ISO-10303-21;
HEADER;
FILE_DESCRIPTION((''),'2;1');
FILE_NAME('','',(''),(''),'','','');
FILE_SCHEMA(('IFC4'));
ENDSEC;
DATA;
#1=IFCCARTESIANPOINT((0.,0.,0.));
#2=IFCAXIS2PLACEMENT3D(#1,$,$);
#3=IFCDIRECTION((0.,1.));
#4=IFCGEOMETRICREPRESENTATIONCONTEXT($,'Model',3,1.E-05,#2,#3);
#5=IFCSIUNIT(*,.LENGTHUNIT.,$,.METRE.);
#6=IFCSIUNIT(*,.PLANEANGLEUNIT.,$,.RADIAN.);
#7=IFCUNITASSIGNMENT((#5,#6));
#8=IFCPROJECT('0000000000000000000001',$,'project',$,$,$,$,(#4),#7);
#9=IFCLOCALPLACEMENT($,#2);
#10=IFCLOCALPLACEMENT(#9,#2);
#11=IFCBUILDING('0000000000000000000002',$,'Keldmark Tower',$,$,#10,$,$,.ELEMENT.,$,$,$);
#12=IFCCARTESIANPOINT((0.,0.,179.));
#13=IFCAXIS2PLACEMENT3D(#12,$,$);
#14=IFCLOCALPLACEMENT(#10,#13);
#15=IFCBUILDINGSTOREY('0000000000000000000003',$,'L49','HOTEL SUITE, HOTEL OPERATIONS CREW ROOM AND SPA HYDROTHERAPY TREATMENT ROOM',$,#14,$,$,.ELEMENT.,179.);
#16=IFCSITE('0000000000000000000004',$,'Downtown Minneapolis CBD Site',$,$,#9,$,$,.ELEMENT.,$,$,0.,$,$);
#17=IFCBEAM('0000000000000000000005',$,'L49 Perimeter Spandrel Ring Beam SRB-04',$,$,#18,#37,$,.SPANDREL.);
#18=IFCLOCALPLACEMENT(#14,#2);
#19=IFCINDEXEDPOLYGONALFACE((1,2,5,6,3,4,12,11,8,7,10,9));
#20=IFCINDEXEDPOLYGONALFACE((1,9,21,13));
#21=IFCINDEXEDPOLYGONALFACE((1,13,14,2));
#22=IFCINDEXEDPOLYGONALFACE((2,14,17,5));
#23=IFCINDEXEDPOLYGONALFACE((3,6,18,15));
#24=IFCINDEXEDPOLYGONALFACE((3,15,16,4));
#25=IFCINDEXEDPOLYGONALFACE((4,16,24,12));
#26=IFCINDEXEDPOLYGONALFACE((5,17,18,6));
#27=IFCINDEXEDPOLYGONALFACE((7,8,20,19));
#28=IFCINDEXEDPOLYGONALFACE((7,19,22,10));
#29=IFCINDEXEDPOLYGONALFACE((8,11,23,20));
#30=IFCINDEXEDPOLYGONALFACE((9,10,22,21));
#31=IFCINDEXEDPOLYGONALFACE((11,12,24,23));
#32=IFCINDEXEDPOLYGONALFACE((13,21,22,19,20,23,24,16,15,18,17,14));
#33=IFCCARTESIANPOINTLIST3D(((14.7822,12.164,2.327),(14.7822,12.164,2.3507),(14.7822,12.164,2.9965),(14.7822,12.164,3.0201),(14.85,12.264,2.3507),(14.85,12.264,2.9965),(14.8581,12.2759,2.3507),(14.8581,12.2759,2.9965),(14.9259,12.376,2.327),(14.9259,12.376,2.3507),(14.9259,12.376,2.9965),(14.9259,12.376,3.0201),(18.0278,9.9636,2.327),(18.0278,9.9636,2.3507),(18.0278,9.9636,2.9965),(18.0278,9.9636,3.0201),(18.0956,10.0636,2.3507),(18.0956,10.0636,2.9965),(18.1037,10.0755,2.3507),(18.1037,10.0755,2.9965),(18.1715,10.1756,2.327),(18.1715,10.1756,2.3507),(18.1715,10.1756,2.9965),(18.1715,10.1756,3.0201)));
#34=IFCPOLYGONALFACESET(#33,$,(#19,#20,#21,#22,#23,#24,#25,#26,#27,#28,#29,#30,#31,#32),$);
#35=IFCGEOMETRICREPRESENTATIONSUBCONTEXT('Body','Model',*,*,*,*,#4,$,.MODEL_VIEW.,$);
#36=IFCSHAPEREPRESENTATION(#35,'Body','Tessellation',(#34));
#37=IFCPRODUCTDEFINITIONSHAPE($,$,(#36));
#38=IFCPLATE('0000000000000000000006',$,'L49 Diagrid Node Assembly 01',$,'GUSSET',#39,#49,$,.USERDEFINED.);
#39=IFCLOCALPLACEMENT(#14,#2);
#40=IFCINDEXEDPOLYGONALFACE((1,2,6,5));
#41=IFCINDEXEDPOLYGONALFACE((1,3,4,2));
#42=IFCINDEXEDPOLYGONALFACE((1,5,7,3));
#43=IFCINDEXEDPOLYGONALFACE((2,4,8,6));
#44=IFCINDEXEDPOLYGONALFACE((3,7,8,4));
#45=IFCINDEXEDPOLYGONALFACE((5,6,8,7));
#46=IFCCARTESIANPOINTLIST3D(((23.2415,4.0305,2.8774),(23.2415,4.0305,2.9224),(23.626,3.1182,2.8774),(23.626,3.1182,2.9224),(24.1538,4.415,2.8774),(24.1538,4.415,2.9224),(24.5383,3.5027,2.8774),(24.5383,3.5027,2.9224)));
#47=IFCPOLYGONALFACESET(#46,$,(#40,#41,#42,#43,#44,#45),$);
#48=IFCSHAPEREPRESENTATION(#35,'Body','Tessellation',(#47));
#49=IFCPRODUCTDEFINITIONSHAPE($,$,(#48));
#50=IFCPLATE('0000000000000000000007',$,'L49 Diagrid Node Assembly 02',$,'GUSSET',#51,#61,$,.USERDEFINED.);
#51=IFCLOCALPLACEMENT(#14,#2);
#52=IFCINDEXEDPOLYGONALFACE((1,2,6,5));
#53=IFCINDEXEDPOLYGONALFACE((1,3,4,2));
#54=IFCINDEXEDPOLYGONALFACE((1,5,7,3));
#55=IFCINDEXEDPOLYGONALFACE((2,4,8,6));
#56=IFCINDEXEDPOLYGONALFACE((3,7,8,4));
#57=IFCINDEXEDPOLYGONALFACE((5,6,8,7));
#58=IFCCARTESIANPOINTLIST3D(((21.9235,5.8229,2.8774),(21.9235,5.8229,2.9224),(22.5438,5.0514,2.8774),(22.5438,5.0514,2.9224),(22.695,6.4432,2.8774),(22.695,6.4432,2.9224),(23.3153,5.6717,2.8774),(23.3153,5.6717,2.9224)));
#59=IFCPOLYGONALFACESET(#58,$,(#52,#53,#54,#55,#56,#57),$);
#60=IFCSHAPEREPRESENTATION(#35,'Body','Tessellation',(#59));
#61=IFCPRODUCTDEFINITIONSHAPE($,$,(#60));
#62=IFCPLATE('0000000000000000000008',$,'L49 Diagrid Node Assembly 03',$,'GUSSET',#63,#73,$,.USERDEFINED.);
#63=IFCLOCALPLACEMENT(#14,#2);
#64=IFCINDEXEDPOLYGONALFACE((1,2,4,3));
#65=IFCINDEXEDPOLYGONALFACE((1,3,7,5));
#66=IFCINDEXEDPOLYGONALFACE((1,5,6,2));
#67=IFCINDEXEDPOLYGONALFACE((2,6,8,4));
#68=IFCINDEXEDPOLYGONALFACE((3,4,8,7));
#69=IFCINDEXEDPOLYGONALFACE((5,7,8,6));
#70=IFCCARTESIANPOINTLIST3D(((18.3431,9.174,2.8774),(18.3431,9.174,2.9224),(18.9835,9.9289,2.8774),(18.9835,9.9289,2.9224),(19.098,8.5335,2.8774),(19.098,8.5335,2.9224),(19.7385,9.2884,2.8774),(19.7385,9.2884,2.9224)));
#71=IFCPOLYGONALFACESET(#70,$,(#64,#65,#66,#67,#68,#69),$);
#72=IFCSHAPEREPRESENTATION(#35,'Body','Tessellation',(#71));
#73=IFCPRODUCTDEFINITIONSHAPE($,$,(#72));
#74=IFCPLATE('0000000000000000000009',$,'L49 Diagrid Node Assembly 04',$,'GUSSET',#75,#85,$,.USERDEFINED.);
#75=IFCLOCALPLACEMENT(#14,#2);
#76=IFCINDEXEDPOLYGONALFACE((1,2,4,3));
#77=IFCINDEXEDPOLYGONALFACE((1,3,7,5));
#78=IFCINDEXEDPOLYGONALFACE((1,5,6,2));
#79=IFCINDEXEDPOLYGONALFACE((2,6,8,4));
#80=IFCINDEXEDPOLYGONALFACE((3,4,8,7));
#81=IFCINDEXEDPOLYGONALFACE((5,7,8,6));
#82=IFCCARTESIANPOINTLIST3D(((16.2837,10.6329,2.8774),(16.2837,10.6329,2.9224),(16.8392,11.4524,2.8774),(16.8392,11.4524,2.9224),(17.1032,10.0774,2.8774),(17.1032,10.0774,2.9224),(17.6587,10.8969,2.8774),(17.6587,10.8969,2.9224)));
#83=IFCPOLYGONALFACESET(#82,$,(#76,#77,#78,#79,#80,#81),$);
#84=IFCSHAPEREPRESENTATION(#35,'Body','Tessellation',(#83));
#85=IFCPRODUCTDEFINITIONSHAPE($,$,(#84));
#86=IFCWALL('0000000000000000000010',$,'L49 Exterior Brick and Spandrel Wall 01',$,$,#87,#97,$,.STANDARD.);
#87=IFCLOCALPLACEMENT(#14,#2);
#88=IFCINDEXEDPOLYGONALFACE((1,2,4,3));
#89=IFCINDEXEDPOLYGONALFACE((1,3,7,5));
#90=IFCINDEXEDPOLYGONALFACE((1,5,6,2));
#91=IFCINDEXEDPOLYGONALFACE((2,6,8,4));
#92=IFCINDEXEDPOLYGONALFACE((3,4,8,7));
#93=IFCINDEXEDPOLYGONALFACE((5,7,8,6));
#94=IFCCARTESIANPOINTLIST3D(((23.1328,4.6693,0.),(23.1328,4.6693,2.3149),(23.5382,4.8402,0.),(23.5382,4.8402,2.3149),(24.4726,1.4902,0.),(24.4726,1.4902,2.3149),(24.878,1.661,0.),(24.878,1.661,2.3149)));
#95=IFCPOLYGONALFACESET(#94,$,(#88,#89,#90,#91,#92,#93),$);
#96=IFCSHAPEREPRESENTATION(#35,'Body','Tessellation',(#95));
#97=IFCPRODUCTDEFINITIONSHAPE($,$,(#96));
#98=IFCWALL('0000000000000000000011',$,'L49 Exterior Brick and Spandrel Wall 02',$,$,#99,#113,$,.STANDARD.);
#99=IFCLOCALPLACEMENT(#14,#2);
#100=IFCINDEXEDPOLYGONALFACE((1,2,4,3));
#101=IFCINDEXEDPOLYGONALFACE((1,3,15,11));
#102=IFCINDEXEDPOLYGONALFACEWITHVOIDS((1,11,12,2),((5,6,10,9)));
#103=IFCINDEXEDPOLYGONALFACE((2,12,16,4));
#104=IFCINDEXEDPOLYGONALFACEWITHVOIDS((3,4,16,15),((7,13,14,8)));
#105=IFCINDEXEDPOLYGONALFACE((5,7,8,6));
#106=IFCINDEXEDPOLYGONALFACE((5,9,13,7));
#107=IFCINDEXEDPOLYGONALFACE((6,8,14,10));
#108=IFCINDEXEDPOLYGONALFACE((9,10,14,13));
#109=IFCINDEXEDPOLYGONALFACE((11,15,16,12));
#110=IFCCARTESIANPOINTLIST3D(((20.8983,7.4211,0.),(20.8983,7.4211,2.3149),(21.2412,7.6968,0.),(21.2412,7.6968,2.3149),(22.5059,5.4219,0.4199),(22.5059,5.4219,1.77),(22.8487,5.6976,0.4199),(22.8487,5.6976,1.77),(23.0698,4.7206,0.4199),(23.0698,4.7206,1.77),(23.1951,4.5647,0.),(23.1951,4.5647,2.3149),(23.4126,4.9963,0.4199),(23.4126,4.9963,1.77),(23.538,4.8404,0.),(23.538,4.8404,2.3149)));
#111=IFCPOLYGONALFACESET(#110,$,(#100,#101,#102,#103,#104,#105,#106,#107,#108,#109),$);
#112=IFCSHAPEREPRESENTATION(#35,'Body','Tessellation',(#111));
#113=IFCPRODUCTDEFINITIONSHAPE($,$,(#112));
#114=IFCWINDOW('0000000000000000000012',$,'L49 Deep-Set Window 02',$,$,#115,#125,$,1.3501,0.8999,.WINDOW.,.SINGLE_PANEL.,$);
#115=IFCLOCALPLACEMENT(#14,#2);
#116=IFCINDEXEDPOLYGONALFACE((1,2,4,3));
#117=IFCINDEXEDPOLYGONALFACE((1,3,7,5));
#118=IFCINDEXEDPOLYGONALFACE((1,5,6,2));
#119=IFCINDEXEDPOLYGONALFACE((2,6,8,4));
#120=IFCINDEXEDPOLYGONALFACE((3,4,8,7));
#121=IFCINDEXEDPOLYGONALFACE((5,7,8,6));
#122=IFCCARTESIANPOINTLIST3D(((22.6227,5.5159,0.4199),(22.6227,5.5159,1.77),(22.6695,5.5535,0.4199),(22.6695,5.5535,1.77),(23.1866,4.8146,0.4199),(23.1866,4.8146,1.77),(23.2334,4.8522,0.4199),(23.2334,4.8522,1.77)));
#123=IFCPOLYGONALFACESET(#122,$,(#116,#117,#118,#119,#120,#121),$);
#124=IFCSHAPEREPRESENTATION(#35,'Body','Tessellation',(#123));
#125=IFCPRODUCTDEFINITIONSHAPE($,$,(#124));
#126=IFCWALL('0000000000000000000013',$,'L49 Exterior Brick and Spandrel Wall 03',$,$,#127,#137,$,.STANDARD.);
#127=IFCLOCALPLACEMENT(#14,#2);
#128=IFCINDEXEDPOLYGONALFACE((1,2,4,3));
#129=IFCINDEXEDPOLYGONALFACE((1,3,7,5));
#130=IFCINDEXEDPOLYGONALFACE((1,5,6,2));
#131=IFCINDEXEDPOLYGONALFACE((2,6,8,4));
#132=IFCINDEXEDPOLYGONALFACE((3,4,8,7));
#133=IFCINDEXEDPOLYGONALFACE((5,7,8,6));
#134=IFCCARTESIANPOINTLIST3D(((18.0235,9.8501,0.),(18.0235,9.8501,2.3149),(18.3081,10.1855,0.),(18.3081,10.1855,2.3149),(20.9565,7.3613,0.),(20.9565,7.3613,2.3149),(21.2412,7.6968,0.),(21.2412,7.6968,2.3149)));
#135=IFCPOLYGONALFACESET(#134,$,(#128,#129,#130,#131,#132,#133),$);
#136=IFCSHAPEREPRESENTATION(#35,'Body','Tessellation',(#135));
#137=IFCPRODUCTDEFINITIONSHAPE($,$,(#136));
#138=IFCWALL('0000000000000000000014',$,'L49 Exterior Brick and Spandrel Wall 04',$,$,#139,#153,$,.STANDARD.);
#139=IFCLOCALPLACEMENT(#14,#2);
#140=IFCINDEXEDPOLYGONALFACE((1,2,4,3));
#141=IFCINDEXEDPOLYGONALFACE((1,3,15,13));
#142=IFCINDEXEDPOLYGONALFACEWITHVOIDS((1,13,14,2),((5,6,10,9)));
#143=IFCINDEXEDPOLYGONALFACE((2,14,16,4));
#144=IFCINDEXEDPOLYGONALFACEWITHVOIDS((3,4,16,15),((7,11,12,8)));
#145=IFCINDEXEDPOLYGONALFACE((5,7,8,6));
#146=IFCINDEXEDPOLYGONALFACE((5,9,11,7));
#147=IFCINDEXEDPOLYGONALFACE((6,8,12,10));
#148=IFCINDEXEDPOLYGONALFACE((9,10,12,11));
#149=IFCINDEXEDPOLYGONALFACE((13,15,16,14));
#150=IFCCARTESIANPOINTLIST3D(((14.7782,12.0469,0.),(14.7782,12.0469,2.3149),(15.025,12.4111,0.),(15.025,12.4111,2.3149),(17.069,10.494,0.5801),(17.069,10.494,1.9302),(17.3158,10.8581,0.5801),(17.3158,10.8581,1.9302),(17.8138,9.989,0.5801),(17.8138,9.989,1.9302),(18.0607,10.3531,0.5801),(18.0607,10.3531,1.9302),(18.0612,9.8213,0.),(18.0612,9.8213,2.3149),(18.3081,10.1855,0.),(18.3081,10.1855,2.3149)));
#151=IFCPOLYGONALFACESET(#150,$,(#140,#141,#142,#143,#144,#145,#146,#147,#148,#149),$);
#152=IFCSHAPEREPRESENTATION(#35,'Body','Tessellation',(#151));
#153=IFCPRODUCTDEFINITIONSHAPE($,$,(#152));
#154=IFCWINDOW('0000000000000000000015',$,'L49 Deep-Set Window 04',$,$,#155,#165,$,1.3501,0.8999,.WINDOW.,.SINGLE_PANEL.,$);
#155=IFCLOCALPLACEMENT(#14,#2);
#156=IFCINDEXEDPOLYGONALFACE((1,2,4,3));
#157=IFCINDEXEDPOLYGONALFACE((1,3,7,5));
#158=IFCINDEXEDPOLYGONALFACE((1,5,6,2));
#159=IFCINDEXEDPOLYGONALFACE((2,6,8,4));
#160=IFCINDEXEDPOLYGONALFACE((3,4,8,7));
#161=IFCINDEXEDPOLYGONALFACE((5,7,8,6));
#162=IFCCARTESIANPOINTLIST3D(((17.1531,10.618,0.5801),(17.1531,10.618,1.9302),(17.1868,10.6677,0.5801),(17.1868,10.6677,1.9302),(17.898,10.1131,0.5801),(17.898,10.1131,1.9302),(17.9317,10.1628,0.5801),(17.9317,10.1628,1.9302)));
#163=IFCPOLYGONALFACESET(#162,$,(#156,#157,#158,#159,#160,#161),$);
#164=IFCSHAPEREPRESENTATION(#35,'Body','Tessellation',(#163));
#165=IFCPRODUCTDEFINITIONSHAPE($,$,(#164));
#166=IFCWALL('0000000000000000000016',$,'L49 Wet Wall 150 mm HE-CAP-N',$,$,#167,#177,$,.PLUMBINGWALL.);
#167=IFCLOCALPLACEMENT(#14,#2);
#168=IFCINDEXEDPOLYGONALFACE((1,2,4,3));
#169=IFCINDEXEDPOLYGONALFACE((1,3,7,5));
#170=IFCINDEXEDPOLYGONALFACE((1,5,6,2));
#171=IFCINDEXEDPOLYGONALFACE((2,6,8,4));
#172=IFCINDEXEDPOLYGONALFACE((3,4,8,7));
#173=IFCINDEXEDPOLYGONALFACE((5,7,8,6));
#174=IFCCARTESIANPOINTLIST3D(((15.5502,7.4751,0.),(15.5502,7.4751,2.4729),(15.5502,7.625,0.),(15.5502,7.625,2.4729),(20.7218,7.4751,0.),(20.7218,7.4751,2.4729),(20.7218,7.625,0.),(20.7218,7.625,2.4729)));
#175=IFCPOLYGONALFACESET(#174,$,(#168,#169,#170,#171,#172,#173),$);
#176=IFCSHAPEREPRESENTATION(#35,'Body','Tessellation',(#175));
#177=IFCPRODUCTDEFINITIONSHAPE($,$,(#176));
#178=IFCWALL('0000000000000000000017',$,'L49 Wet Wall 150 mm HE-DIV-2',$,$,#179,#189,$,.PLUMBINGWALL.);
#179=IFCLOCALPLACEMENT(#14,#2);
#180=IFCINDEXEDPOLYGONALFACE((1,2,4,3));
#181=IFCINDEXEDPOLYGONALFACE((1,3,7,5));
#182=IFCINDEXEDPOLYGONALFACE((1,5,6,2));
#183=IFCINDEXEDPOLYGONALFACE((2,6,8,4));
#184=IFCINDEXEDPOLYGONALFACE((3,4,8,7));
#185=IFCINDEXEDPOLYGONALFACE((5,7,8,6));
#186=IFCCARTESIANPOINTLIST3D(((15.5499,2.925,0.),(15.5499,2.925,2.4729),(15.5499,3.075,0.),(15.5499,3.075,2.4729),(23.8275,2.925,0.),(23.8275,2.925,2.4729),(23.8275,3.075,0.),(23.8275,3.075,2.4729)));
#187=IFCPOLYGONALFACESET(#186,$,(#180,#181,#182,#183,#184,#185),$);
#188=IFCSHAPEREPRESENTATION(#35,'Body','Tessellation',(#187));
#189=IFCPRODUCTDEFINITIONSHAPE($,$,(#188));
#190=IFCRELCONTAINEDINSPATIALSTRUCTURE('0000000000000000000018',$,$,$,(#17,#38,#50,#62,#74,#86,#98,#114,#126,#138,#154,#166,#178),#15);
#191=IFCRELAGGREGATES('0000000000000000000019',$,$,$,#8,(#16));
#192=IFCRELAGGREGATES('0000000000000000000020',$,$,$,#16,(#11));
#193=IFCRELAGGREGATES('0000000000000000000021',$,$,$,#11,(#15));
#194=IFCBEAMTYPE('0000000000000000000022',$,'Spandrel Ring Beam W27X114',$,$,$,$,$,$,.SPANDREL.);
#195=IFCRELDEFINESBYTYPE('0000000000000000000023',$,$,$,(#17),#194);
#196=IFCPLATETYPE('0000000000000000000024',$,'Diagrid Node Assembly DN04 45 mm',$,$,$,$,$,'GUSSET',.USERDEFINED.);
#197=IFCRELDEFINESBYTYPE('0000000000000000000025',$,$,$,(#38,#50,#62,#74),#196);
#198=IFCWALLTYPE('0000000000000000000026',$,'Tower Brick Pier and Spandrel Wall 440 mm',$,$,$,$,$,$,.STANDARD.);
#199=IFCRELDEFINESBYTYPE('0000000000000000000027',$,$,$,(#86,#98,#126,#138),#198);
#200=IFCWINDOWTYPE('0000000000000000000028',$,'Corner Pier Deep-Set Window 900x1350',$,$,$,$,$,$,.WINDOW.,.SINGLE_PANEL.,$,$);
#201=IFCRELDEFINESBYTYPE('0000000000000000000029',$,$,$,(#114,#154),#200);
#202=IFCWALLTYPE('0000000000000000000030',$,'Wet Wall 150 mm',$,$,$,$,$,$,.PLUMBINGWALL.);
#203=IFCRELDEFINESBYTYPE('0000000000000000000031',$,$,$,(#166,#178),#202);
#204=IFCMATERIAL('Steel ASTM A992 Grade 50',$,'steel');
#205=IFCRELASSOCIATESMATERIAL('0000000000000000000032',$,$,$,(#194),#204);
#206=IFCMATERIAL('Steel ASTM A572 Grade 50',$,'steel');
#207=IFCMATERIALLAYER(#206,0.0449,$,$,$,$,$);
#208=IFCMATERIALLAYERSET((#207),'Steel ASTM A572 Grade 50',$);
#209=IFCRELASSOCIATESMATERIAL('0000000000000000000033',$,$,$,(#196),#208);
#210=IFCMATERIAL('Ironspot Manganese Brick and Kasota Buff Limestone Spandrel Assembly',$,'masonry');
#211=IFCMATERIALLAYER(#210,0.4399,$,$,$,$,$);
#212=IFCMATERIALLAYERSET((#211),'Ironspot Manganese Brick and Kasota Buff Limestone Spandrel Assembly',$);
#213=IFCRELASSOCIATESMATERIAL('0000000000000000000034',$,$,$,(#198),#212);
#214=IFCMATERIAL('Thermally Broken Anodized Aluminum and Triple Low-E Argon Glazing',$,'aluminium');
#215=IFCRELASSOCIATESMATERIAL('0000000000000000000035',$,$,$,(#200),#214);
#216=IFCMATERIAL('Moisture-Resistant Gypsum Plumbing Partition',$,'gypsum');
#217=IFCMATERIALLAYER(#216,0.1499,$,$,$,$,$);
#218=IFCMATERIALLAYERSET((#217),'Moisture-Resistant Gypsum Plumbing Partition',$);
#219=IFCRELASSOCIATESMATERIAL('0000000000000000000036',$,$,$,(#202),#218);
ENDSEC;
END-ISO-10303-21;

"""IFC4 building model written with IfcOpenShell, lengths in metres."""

from ifc_helpers import new_model, si_unit, direction, frame, frame_2d, origin, origin_2d, place, context, subcontext, project, spatial, rectangle, i_section, extrude, material, layer, layer_set, material_profile, profile_set, type_object, element, fill, save


model = new_model("IFC4")

# Units and contexts
model_context = context("Model", 3, precision=1e-05, world=origin(), true_north=direction((0.0, 1.0)))
body_context = subcontext(model_context, "Body", "Model", "MODEL_VIEW")
ifc_project = project(units=[si_unit("LENGTHUNIT", "METRE"), si_unit("PLANEANGLEUNIT", "RADIAN")], contexts=[model_context])

# Site, building, storey
site_placement = place(None, origin())
site = spatial("IfcSite", under=ifc_project, at=site_placement, Name="Downtown Minneapolis CBD Site", CompositionType="ELEMENT", RefElevation=0.0)
building_placement = place(site_placement, origin())
building = spatial("IfcBuilding", under=site, at=building_placement, Name="Keldmark Tower", CompositionType="ELEMENT")
storey_placement = place(building_placement, frame((0.0, 0.0, 179.0)))
storey = spatial("IfcBuildingStorey", under=building, at=storey_placement, Name="L49", Description="HOTEL SUITE, HOTEL OPERATIONS CREW ROOM AND SPA HYDROTHERAPY TREATMENT ROOM", CompositionType="ELEMENT", Elevation=179.0)

# Beam
ifc_material_1 = material(Name="Steel ASTM A992 Grade 50", Category="steel")
ifc_material_profile_1 = material_profile(ifc_material_1, i_section(OverallWidth=0.2561, OverallDepth=0.6931, WebThickness=0.0144, FlangeThickness=0.0237, at=origin_2d()), Name="W27X114")
ifc_profile_set_1 = profile_set([ifc_material_profile_1], Name="Steel ASTM A992 Grade 50")
beam_type_1 = type_object("IfcBeamType", Name="Spandrel Ring Beam W27X114", PredefinedType="SPANDREL", material=ifc_profile_set_1)
beam_1_placement = place(storey_placement, frame((18.0996, 10.0696, 2.6736), z_axis=(-0.827705, 0.561163, 0.0), x_axis=(-0.561163, -0.827705, 0.0)))
element("IfcBeam", 1, at=beam_1_placement, inside=storey, type_object=beam_type_1, Name="L49 Perimeter Spandrel Ring Beam SRB-04", PredefinedType="SPANDREL", context=body_context, shape_type="SweptSolid", body=[
    extrude(i_section(OverallWidth=0.2561, OverallDepth=0.6931, WebThickness=0.0144, FlangeThickness=0.0237, at=origin_2d()), origin(), (0.0, 0.0, 1.0), 3.9211),
])

# Plates
ifc_material_2 = material(Name="Steel ASTM A572 Grade 50", Category="steel")
ifc_layer_1 = layer(ifc_material_2, 0.0449)
ifc_layer_set_1 = layer_set([ifc_layer_1], Name="Steel ASTM A572 Grade 50")
plate_type = type_object("IfcPlateType", Name="Diagrid Node Assembly DN04 45 mm", ElementType="GUSSET", PredefinedType="USERDEFINED", material=ifc_layer_set_1)
for number, where, z_axis, x_axis, name in (
    (2, (23.8899, 3.7666, 2.8774), (0.0, 0.0, 1.0), (-0.38832, 0.921525, 0.0), "L49 Diagrid Node Assembly 01"),
    (3, (22.6194, 5.7473, 2.8774), (0.0, 0.0, 1.0), (-0.626604, 0.779338, 0.0), "L49 Diagrid Node Assembly 02"),
    (4, (19.0408, 9.2312, 2.8774), (0.0, 0.0, 1.0), (-0.762555, 0.646923, 0.0), "L49 Diagrid Node Assembly 03"),
    (5, (16.9712, 10.7649, 2.8774), (0.0, 0.0, 1.0), (-0.827767, 0.561072, 0.0), "L49 Diagrid Node Assembly 04"),
):
    element("IfcPlate", number, at=place(storey_placement, frame(where, z_axis=z_axis, x_axis=x_axis)), inside=storey, type_object=plate_type, Name=name, ObjectType="GUSSET", PredefinedType="USERDEFINED", context=body_context, shape_type="SweptSolid", body=[
        extrude(rectangle(XDim=0.99, YDim=0.99, at=origin_2d()), origin(), (0.0, 0.0, 1.0), 0.0449),
    ])

# Wall
ifc_material_3 = material(Name="Ironspot Manganese Brick and Kasota Buff Limestone Spandrel Assembly", Category="masonry")
ifc_layer_2 = layer(ifc_material_3, 0.4399)
ifc_layer_set_2 = layer_set([ifc_layer_2], Name="Ironspot Manganese Brick and Kasota Buff Limestone Spandrel Assembly")
wall_type_1 = type_object("IfcWallType", Name="Tower Brick Pier and Spandrel Wall 440 mm", PredefinedType="STANDARD", material=ifc_layer_set_2)
wall_1_placement = place(storey_placement, frame((23.3354, 4.7549, 0.0), z_axis=(0.0, 0.0, 1.0), x_axis=(0.388361, -0.921507, 0.0)))
element("IfcWall", 6, at=wall_1_placement, inside=storey, type_object=wall_type_1, Name="L49 Exterior Brick and Spandrel Wall 01", PredefinedType="STANDARD", context=body_context, shape_type="SweptSolid", body=[
    extrude(rectangle(XDim=3.45, YDim=0.4399, at=frame_2d((1.7251, 0.0))), origin(), (0.0, 0.0, 1.0), 2.3149),
])

# Wall, opening, window
wall_2_placement = place(storey_placement, frame((21.0698, 7.5588, 0.0), z_axis=(0.0, 0.0, 1.0), x_axis=(0.626643, -0.779307, 0.0)))
wall_2 = element("IfcWall", 7, at=wall_2_placement, inside=storey, type_object=wall_type_1, Name="L49 Exterior Brick and Spandrel Wall 02", PredefinedType="STANDARD", context=body_context, shape_type="SweptSolid", body=[
    extrude(rectangle(XDim=3.6653, YDim=0.4399, at=frame_2d((1.8325, 0.0))), origin(), (0.0, 0.0, 1.0), 2.3149),
])
opening_1_placement = place(wall_2_placement, frame((2.5652, 0.0, 0.4199)))
opening_1 = element("IfcOpeningElement", 8, at=opening_1_placement, cuts=wall_2, PredefinedType="OPENING", context=body_context, shape_type="SweptSolid", body=[
    extrude(rectangle(XDim=0.8999, YDim=1.3501, at=frame_2d((0.45, 0.675))), frame((0.0, 0.23, 0.0), z_axis=(0.0, -1.0, 0.0), x_axis=(1.0, 0.0, 0.0)), (0.0, 0.0, 1.0), 0.46),
])
ifc_material_4 = material(Name="Thermally Broken Anodized Aluminum and Triple Low-E Argon Glazing", Category="aluminium")
window_type = type_object("IfcWindowType", Name="Corner Pier Deep-Set Window 900x1350", PartitioningType="SINGLE_PANEL", PredefinedType="WINDOW", material=ifc_material_4)
window_1_placement = place(opening_1_placement, origin())
window_1 = element("IfcWindow", 9, at=window_1_placement, inside=storey, type_object=window_type, Name="L49 Deep-Set Window 02", OverallHeight=1.3501, OverallWidth=0.8999, PartitioningType="SINGLE_PANEL", PredefinedType="WINDOW", context=body_context, shape_type="SweptSolid", body=[
    extrude(rectangle(XDim=0.8999, YDim=1.3501, at=frame_2d((0.45, 0.675))), frame((0.0, -0.01, 0.0), z_axis=(0.0, -1.0, 0.0), x_axis=(1.0, 0.0, 0.0)), (0.0, 0.0, 1.0), 0.0601),
])
fill(opening_1, window_1)

# Wall
wall_3_placement = place(storey_placement, frame((18.1658, 10.0178, 0.0), z_axis=(0.0, 0.0, 1.0), x_axis=(0.7625, -0.646989, 0.0)))
element("IfcWall", 10, at=wall_3_placement, inside=storey, type_object=wall_type_1, Name="L49 Exterior Brick and Spandrel Wall 03", PredefinedType="STANDARD", context=body_context, shape_type="SweptSolid", body=[
    extrude(rectangle(XDim=3.8467, YDim=0.4399, at=frame_2d((1.9233, 0.0))), origin(), (0.0, 0.0, 1.0), 2.3149),
])

# Wall, opening, window
wall_4_placement = place(storey_placement, frame((14.9016, 12.229, 0.0), z_axis=(0.0, 0.0, 1.0), x_axis=(0.827726, -0.561133, 0.0)))
wall_4 = element("IfcWall", 11, at=wall_4_placement, inside=storey, type_object=wall_type_1, Name="L49 Exterior Brick and Spandrel Wall 04", PredefinedType="STANDARD", context=body_context, shape_type="SweptSolid", body=[
    extrude(rectangle(XDim=3.9663, YDim=0.4399, at=frame_2d((1.9832, 0.0))), origin(), (0.0, 0.0, 1.0), 2.3149),
])
opening_2_placement = place(wall_4_placement, frame((2.7676, 0.0, 0.5801)))
opening_2 = element("IfcOpeningElement", 12, at=opening_2_placement, cuts=wall_4, PredefinedType="OPENING", context=body_context, shape_type="SweptSolid", body=[
    extrude(rectangle(XDim=0.8999, YDim=1.3501, at=frame_2d((0.45, 0.675))), frame((0.0, 0.23, 0.0), z_axis=(0.0, -1.0, 0.0), x_axis=(1.0, 0.0, 0.0)), (0.0, 0.0, 1.0), 0.46),
])
window_2_placement = place(opening_2_placement, origin())
window_2 = element("IfcWindow", 13, at=window_2_placement, inside=storey, type_object=window_type, Name="L49 Deep-Set Window 04", OverallHeight=1.3501, OverallWidth=0.8999, PartitioningType="SINGLE_PANEL", PredefinedType="WINDOW", context=body_context, shape_type="SweptSolid", body=[
    extrude(rectangle(XDim=0.8999, YDim=1.3501, at=frame_2d((0.45, 0.675))), frame((0.0, -0.01, 0.0), z_axis=(0.0, -1.0, 0.0), x_axis=(1.0, 0.0, 0.0)), (0.0, 0.0, 1.0), 0.0601),
])
fill(opening_2, window_2)

# Walls
ifc_material_5 = material(Name="Moisture-Resistant Gypsum Plumbing Partition", Category="gypsum")
ifc_layer_3 = layer(ifc_material_5, 0.1499)
ifc_layer_set_3 = layer_set([ifc_layer_3], Name="Moisture-Resistant Gypsum Plumbing Partition")
wall_type_2 = type_object("IfcWallType", Name="Wet Wall 150 mm", PredefinedType="PLUMBINGWALL", material=ifc_layer_set_3)
wall_5_placement = place(storey_placement, frame((15.55, 7.55, 0.0), z_axis=(0.0, 0.0, 1.0), x_axis=(1.0, 0.0, 0.0)))
element("IfcWall", 14, at=wall_5_placement, inside=storey, type_object=wall_type_2, Name="L49 Wet Wall 150 mm HE-CAP-N", PredefinedType="PLUMBINGWALL", context=body_context, shape_type="SweptSolid", body=[
    extrude(rectangle(XDim=5.1716, YDim=0.1499, at=frame_2d((2.5859, 0.0))), origin(), (0.0, 0.0, 1.0), 2.4729),
])
wall_6_placement = place(storey_placement, frame((15.55, 3.0, 0.0), z_axis=(0.0, 0.0, 1.0), x_axis=(1.0, 0.0, 0.0)))
element("IfcWall", 15, at=wall_6_placement, inside=storey, type_object=wall_type_2, Name="L49 Wet Wall 150 mm HE-DIV-2", PredefinedType="PLUMBINGWALL", context=body_context, shape_type="SweptSolid", body=[
    extrude(rectangle(XDim=8.2776, YDim=0.1499, at=frame_2d((4.1387, 0.0))), origin(), (0.0, 0.0, 1.0), 2.4729),
])

save(model, "model.ifc")
